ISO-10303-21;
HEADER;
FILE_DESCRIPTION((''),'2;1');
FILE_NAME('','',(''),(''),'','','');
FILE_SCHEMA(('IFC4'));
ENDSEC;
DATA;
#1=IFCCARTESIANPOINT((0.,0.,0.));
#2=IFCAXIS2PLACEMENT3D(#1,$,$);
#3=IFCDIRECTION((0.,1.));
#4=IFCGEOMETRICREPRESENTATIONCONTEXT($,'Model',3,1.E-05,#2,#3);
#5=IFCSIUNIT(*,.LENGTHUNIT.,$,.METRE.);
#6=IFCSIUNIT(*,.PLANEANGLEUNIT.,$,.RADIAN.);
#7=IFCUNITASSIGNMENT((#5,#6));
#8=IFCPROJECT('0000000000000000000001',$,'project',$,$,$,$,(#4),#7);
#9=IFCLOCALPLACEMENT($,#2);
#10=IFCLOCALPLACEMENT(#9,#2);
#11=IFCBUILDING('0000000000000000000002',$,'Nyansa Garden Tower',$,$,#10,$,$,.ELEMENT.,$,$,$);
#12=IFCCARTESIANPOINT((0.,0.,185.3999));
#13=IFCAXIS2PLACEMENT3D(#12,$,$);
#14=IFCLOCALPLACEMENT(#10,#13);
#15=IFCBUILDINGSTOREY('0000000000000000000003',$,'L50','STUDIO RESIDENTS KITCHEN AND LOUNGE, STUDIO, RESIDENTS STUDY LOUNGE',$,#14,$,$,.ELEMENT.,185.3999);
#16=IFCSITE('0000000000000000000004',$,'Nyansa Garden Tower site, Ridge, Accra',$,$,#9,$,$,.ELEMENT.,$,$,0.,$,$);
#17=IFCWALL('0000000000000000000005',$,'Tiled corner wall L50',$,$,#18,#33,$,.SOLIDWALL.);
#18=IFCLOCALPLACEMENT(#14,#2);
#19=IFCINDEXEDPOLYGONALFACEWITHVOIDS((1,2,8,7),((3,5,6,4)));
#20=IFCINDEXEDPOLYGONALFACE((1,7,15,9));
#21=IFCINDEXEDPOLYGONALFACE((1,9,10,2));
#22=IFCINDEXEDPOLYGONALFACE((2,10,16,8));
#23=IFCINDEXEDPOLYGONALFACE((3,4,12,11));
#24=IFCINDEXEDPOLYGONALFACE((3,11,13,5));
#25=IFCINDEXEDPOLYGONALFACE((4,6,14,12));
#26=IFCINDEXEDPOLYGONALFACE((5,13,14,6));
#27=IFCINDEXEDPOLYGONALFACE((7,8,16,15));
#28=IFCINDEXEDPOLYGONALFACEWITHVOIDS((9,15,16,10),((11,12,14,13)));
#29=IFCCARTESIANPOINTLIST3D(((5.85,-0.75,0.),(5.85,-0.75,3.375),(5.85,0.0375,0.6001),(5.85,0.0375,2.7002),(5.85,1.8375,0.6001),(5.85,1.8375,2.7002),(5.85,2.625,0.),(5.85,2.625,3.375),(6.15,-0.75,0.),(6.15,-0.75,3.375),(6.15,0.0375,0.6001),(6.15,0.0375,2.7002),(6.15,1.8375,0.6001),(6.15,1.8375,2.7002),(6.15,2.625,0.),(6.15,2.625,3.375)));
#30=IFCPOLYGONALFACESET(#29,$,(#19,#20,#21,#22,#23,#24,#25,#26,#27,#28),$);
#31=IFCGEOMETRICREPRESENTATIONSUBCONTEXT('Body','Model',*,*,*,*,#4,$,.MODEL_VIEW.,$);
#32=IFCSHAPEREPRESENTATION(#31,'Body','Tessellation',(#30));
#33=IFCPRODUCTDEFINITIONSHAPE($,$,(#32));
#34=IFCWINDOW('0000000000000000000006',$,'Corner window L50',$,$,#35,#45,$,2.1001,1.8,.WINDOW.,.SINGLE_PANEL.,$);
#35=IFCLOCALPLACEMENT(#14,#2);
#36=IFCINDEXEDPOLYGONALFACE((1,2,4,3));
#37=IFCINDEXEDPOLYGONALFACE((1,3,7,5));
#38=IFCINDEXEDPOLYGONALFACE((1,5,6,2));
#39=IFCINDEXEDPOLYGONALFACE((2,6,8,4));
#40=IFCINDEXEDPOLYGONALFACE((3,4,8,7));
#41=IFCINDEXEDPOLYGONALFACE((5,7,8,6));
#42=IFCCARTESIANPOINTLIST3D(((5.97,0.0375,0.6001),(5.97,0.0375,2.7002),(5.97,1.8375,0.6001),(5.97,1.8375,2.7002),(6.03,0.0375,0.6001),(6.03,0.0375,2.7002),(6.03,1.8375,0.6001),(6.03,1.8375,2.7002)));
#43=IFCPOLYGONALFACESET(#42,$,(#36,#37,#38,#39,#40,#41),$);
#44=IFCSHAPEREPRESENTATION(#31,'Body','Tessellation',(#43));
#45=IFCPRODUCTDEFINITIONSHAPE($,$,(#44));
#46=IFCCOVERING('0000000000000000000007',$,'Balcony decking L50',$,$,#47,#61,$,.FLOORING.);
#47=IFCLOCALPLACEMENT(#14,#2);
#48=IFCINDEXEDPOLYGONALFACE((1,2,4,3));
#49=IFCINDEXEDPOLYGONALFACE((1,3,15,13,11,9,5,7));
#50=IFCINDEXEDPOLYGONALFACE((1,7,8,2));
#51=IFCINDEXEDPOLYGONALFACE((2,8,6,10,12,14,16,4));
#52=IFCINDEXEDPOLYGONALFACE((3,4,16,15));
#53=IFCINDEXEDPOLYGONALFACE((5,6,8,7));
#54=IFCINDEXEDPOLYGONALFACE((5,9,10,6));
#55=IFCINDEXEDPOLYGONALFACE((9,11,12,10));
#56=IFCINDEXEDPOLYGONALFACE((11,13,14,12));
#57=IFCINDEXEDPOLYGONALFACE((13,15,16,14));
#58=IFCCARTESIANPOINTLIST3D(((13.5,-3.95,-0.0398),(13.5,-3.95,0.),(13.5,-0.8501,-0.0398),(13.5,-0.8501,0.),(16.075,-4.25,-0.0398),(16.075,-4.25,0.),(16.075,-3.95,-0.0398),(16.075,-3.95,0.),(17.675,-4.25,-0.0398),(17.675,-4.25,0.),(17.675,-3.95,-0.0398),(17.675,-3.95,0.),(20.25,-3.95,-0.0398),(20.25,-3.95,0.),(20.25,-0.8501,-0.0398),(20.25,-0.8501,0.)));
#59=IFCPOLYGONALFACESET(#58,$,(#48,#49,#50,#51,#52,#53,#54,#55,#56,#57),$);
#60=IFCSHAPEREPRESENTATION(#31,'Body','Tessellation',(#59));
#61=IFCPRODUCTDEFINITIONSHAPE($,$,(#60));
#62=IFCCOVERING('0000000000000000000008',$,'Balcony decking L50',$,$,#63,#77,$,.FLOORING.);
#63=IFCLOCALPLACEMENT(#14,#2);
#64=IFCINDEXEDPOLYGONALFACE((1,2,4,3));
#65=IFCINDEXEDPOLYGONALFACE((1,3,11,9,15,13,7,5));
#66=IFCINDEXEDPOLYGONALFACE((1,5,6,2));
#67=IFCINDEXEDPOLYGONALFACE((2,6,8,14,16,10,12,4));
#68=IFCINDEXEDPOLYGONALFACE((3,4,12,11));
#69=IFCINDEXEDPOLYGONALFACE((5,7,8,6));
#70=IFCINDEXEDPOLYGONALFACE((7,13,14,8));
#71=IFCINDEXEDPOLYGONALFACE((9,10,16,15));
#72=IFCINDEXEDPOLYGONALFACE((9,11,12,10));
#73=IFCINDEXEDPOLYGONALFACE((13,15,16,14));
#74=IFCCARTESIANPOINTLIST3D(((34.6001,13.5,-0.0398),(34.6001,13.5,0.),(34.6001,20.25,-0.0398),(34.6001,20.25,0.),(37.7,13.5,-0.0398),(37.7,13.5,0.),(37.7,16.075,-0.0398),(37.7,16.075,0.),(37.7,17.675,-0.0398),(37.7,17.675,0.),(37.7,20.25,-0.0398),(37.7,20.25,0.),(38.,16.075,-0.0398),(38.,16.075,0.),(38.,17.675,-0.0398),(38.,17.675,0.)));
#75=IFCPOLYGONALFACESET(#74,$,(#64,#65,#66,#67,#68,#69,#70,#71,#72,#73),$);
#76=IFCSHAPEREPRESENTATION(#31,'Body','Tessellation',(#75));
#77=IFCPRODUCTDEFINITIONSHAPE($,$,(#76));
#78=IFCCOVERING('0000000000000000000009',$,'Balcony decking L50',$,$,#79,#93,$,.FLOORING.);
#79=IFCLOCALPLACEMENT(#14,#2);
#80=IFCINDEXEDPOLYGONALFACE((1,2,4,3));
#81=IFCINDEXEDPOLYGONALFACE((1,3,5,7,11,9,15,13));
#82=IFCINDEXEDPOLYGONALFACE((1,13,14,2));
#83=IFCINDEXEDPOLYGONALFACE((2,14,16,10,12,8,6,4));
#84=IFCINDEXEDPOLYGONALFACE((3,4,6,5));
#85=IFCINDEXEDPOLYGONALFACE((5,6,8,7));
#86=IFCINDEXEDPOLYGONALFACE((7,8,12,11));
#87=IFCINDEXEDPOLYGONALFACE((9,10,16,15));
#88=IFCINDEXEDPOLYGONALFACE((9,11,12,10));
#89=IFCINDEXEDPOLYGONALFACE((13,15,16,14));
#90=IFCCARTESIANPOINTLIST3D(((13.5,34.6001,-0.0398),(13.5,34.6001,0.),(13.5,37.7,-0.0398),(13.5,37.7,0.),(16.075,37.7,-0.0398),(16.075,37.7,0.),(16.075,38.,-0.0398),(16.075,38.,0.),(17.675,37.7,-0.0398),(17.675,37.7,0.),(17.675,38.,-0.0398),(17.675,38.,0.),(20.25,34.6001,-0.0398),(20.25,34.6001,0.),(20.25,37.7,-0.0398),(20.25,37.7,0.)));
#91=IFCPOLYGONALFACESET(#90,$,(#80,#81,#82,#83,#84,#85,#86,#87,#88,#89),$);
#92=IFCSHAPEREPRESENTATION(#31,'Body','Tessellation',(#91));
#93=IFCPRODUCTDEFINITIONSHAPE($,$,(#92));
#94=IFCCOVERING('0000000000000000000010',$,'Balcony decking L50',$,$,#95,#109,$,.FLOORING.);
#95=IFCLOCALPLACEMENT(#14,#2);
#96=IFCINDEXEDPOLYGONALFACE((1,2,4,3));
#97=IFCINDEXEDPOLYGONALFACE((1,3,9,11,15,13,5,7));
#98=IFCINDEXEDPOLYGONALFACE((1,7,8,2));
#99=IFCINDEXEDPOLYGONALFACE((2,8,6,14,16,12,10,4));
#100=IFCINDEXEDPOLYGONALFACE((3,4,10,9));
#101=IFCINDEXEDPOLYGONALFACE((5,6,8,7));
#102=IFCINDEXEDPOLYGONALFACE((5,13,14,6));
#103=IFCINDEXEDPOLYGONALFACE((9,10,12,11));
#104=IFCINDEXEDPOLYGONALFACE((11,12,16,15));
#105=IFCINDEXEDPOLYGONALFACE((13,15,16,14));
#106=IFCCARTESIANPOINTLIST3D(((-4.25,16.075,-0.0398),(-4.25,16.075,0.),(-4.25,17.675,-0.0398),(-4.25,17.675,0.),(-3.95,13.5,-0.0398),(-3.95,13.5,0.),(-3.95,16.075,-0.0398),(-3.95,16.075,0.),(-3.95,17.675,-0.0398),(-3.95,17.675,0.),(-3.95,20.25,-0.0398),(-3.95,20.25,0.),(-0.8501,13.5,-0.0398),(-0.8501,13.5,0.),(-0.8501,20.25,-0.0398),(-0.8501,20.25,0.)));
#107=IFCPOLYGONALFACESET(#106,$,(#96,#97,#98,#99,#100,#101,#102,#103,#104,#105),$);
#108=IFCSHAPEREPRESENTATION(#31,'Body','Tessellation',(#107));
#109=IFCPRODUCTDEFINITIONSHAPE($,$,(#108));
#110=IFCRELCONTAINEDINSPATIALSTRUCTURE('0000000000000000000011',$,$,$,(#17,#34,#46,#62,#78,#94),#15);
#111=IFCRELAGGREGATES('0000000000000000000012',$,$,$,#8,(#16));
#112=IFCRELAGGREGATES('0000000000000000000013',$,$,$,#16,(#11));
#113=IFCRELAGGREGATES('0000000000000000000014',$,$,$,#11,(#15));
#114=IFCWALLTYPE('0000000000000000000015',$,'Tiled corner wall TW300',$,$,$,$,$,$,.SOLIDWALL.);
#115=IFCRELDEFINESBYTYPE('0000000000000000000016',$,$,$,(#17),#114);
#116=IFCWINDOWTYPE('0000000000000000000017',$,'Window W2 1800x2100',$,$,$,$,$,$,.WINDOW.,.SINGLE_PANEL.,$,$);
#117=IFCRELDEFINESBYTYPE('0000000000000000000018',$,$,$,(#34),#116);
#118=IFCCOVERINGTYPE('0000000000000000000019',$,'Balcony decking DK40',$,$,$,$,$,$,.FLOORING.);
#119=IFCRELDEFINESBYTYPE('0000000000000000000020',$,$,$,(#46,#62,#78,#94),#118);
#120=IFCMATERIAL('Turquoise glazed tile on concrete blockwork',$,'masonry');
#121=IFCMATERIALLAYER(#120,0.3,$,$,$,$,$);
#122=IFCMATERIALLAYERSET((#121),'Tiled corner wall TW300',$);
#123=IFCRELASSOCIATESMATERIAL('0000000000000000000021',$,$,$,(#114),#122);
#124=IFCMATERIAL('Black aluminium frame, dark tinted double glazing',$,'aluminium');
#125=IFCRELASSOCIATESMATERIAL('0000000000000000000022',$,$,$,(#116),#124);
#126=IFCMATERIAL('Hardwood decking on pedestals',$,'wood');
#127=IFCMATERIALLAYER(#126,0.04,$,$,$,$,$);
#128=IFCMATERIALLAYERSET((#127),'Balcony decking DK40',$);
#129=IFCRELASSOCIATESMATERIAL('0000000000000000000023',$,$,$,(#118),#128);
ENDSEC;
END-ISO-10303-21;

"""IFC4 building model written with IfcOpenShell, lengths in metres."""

from ifc_helpers import new_model, si_unit, direction, frame, frame_2d, origin, place, context, subcontext, project, spatial, polyline, rectangle, outline, extrude, material, layer, layer_set, type_object, element, fill, save


model = new_model("IFC4")

# Units and contexts
model_context = context("Model", 3, precision=1e-05, world=origin(), true_north=direction((0.0, 1.0)))
body_context = subcontext(model_context, "Body", "Model", "MODEL_VIEW")
ifc_project = project(units=[si_unit("LENGTHUNIT", "METRE"), si_unit("PLANEANGLEUNIT", "RADIAN")], contexts=[model_context])

# Site, building, storey
site_placement = place(None, origin())
site = spatial("IfcSite", under=ifc_project, at=site_placement, Name="Nyansa Garden Tower site, Ridge, Accra", CompositionType="ELEMENT", RefElevation=0.0)
building_placement = place(site_placement, origin())
building = spatial("IfcBuilding", under=site, at=building_placement, Name="Nyansa Garden Tower", CompositionType="ELEMENT")
storey_placement = place(building_placement, frame((0.0, 0.0, 185.3999)))
storey = spatial("IfcBuildingStorey", under=building, at=storey_placement, Name="L50", Description="STUDIO RESIDENTS KITCHEN AND LOUNGE, STUDIO, RESIDENTS STUDY LOUNGE", CompositionType="ELEMENT", Elevation=185.3999)

# Wall, opening, window
ifc_material_1 = material(Name="Turquoise glazed tile on concrete blockwork", Category="masonry")
ifc_layer_1 = layer(ifc_material_1, 0.3)
ifc_layer_set_1 = layer_set([ifc_layer_1], Name="Tiled corner wall TW300")
wall_type = type_object("IfcWallType", Name="Tiled corner wall TW300", PredefinedType="SOLIDWALL", material=ifc_layer_set_1)
ifc_material_2 = material(Name="Black aluminium frame, dark tinted double glazing", Category="aluminium")
window_type = type_object("IfcWindowType", Name="Window W2 1800x2100", PartitioningType="SINGLE_PANEL", PredefinedType="WINDOW", material=ifc_material_2)
wall_1_placement = place(storey_placement, frame((6.0, 2.625, 0.0), z_axis=(0.0, 0.0, 1.0), x_axis=(0.0, -1.0, 0.0)))
wall_1 = element("IfcWall", 1, at=wall_1_placement, inside=storey, type_object=wall_type, Name="Tiled corner wall L50", PredefinedType="SOLIDWALL", context=body_context, shape_type="SweptSolid", body=[
    extrude(rectangle(XDim=3.375, YDim=0.3, at=frame_2d((1.6875, 0.0))), origin(), (0.0, 0.0, 1.0), 3.375),
])
opening_1_placement = place(wall_1_placement, frame((0.7876, 0.0, 0.6001)))
opening_1 = element("IfcOpeningElement", 2, at=opening_1_placement, cuts=wall_1, PredefinedType="OPENING", context=body_context, shape_type="SweptSolid", body=[
    extrude(rectangle(XDim=1.8, YDim=2.1001, at=frame_2d((0.8999, 1.05))), frame((0.0, 0.1599, 0.0), z_axis=(0.0, -1.0, 0.0), x_axis=(1.0, 0.0, 0.0)), (0.0, 0.0, 1.0), 0.3201),
])
window_1_placement = place(opening_1_placement, origin())
window_1 = element("IfcWindow", 3, at=window_1_placement, inside=storey, type_object=window_type, Name="Corner window L50", OverallHeight=2.1001, OverallWidth=1.8, PartitioningType="SINGLE_PANEL", PredefinedType="WINDOW", context=body_context, shape_type="SweptSolid", body=[
    extrude(rectangle(XDim=1.8, YDim=2.1001, at=frame_2d((0.8999, 1.05))), frame((0.0, 0.03, 0.0), z_axis=(0.0, -1.0, 0.0), x_axis=(1.0, 0.0, 0.0)), (0.0, 0.0, 1.0), 0.0601),
])
fill(opening_1, window_1)

# Coverings
ifc_material_3 = material(Name="Hardwood decking on pedestals", Category="wood")
ifc_layer_2 = layer(ifc_material_3, 0.04)
ifc_layer_set_2 = layer_set([ifc_layer_2], Name="Balcony decking DK40")
covering_type = type_object("IfcCoveringType", Name="Balcony decking DK40", PredefinedType="FLOORING", material=ifc_layer_set_2)
covering_1_placement = place(storey_placement, frame((0.0, 0.0, -0.0398)))
element("IfcCovering", 4, at=covering_1_placement, inside=storey, type_object=covering_type, Name="Balcony decking L50", PredefinedType="FLOORING", context=body_context, shape_type="SweptSolid", body=[
    extrude(outline(polyline([(13.5, -0.8501), (20.25, -0.8501), (20.25, -3.95), (17.675, -3.95), (17.675, -4.25), (16.075, -4.25), (16.075, -3.95), (13.5, -3.95), (13.5, -0.8501)])), origin(), (0.0, 0.0, 1.0), 0.0398),
])
covering_2_placement = place(storey_placement, frame((0.0, 0.0, -0.0398)))
element("IfcCovering", 5, at=covering_2_placement, inside=storey, type_object=covering_type, Name="Balcony decking L50", PredefinedType="FLOORING", context=body_context, shape_type="SweptSolid", body=[
    extrude(outline(polyline([(34.6001, 13.5), (34.6001, 20.25), (37.7, 20.25), (37.7, 17.675), (38.0, 17.675), (38.0, 16.075), (37.7, 16.075), (37.7, 13.5), (34.6001, 13.5)])), origin(), (0.0, 0.0, 1.0), 0.0398),
])
covering_3_placement = place(storey_placement, frame((0.0, 0.0, -0.0398)))
element("IfcCovering", 6, at=covering_3_placement, inside=storey, type_object=covering_type, Name="Balcony decking L50", PredefinedType="FLOORING", context=body_context, shape_type="SweptSolid", body=[
    extrude(outline(polyline([(13.5, 34.6001), (20.25, 34.6001), (20.25, 37.7), (17.675, 37.7), (17.675, 38.0), (16.075, 38.0), (16.075, 37.7), (13.5, 37.7), (13.5, 34.6001)])), origin(), (0.0, 0.0, 1.0), 0.0398),
])
covering_4_placement = place(storey_placement, frame((0.0, 0.0, -0.0398)))
element("IfcCovering", 7, at=covering_4_placement, inside=storey, type_object=covering_type, Name="Balcony decking L50", PredefinedType="FLOORING", context=body_context, shape_type="SweptSolid", body=[
    extrude(outline(polyline([(-0.8501, 13.5), (-0.8501, 20.25), (-3.95, 20.25), (-3.95, 17.675), (-4.25, 17.675), (-4.25, 16.075), (-3.95, 16.075), (-3.95, 13.5), (-0.8501, 13.5)])), origin(), (0.0, 0.0, 1.0), 0.0398),
])

save(model, "model.ifc")
